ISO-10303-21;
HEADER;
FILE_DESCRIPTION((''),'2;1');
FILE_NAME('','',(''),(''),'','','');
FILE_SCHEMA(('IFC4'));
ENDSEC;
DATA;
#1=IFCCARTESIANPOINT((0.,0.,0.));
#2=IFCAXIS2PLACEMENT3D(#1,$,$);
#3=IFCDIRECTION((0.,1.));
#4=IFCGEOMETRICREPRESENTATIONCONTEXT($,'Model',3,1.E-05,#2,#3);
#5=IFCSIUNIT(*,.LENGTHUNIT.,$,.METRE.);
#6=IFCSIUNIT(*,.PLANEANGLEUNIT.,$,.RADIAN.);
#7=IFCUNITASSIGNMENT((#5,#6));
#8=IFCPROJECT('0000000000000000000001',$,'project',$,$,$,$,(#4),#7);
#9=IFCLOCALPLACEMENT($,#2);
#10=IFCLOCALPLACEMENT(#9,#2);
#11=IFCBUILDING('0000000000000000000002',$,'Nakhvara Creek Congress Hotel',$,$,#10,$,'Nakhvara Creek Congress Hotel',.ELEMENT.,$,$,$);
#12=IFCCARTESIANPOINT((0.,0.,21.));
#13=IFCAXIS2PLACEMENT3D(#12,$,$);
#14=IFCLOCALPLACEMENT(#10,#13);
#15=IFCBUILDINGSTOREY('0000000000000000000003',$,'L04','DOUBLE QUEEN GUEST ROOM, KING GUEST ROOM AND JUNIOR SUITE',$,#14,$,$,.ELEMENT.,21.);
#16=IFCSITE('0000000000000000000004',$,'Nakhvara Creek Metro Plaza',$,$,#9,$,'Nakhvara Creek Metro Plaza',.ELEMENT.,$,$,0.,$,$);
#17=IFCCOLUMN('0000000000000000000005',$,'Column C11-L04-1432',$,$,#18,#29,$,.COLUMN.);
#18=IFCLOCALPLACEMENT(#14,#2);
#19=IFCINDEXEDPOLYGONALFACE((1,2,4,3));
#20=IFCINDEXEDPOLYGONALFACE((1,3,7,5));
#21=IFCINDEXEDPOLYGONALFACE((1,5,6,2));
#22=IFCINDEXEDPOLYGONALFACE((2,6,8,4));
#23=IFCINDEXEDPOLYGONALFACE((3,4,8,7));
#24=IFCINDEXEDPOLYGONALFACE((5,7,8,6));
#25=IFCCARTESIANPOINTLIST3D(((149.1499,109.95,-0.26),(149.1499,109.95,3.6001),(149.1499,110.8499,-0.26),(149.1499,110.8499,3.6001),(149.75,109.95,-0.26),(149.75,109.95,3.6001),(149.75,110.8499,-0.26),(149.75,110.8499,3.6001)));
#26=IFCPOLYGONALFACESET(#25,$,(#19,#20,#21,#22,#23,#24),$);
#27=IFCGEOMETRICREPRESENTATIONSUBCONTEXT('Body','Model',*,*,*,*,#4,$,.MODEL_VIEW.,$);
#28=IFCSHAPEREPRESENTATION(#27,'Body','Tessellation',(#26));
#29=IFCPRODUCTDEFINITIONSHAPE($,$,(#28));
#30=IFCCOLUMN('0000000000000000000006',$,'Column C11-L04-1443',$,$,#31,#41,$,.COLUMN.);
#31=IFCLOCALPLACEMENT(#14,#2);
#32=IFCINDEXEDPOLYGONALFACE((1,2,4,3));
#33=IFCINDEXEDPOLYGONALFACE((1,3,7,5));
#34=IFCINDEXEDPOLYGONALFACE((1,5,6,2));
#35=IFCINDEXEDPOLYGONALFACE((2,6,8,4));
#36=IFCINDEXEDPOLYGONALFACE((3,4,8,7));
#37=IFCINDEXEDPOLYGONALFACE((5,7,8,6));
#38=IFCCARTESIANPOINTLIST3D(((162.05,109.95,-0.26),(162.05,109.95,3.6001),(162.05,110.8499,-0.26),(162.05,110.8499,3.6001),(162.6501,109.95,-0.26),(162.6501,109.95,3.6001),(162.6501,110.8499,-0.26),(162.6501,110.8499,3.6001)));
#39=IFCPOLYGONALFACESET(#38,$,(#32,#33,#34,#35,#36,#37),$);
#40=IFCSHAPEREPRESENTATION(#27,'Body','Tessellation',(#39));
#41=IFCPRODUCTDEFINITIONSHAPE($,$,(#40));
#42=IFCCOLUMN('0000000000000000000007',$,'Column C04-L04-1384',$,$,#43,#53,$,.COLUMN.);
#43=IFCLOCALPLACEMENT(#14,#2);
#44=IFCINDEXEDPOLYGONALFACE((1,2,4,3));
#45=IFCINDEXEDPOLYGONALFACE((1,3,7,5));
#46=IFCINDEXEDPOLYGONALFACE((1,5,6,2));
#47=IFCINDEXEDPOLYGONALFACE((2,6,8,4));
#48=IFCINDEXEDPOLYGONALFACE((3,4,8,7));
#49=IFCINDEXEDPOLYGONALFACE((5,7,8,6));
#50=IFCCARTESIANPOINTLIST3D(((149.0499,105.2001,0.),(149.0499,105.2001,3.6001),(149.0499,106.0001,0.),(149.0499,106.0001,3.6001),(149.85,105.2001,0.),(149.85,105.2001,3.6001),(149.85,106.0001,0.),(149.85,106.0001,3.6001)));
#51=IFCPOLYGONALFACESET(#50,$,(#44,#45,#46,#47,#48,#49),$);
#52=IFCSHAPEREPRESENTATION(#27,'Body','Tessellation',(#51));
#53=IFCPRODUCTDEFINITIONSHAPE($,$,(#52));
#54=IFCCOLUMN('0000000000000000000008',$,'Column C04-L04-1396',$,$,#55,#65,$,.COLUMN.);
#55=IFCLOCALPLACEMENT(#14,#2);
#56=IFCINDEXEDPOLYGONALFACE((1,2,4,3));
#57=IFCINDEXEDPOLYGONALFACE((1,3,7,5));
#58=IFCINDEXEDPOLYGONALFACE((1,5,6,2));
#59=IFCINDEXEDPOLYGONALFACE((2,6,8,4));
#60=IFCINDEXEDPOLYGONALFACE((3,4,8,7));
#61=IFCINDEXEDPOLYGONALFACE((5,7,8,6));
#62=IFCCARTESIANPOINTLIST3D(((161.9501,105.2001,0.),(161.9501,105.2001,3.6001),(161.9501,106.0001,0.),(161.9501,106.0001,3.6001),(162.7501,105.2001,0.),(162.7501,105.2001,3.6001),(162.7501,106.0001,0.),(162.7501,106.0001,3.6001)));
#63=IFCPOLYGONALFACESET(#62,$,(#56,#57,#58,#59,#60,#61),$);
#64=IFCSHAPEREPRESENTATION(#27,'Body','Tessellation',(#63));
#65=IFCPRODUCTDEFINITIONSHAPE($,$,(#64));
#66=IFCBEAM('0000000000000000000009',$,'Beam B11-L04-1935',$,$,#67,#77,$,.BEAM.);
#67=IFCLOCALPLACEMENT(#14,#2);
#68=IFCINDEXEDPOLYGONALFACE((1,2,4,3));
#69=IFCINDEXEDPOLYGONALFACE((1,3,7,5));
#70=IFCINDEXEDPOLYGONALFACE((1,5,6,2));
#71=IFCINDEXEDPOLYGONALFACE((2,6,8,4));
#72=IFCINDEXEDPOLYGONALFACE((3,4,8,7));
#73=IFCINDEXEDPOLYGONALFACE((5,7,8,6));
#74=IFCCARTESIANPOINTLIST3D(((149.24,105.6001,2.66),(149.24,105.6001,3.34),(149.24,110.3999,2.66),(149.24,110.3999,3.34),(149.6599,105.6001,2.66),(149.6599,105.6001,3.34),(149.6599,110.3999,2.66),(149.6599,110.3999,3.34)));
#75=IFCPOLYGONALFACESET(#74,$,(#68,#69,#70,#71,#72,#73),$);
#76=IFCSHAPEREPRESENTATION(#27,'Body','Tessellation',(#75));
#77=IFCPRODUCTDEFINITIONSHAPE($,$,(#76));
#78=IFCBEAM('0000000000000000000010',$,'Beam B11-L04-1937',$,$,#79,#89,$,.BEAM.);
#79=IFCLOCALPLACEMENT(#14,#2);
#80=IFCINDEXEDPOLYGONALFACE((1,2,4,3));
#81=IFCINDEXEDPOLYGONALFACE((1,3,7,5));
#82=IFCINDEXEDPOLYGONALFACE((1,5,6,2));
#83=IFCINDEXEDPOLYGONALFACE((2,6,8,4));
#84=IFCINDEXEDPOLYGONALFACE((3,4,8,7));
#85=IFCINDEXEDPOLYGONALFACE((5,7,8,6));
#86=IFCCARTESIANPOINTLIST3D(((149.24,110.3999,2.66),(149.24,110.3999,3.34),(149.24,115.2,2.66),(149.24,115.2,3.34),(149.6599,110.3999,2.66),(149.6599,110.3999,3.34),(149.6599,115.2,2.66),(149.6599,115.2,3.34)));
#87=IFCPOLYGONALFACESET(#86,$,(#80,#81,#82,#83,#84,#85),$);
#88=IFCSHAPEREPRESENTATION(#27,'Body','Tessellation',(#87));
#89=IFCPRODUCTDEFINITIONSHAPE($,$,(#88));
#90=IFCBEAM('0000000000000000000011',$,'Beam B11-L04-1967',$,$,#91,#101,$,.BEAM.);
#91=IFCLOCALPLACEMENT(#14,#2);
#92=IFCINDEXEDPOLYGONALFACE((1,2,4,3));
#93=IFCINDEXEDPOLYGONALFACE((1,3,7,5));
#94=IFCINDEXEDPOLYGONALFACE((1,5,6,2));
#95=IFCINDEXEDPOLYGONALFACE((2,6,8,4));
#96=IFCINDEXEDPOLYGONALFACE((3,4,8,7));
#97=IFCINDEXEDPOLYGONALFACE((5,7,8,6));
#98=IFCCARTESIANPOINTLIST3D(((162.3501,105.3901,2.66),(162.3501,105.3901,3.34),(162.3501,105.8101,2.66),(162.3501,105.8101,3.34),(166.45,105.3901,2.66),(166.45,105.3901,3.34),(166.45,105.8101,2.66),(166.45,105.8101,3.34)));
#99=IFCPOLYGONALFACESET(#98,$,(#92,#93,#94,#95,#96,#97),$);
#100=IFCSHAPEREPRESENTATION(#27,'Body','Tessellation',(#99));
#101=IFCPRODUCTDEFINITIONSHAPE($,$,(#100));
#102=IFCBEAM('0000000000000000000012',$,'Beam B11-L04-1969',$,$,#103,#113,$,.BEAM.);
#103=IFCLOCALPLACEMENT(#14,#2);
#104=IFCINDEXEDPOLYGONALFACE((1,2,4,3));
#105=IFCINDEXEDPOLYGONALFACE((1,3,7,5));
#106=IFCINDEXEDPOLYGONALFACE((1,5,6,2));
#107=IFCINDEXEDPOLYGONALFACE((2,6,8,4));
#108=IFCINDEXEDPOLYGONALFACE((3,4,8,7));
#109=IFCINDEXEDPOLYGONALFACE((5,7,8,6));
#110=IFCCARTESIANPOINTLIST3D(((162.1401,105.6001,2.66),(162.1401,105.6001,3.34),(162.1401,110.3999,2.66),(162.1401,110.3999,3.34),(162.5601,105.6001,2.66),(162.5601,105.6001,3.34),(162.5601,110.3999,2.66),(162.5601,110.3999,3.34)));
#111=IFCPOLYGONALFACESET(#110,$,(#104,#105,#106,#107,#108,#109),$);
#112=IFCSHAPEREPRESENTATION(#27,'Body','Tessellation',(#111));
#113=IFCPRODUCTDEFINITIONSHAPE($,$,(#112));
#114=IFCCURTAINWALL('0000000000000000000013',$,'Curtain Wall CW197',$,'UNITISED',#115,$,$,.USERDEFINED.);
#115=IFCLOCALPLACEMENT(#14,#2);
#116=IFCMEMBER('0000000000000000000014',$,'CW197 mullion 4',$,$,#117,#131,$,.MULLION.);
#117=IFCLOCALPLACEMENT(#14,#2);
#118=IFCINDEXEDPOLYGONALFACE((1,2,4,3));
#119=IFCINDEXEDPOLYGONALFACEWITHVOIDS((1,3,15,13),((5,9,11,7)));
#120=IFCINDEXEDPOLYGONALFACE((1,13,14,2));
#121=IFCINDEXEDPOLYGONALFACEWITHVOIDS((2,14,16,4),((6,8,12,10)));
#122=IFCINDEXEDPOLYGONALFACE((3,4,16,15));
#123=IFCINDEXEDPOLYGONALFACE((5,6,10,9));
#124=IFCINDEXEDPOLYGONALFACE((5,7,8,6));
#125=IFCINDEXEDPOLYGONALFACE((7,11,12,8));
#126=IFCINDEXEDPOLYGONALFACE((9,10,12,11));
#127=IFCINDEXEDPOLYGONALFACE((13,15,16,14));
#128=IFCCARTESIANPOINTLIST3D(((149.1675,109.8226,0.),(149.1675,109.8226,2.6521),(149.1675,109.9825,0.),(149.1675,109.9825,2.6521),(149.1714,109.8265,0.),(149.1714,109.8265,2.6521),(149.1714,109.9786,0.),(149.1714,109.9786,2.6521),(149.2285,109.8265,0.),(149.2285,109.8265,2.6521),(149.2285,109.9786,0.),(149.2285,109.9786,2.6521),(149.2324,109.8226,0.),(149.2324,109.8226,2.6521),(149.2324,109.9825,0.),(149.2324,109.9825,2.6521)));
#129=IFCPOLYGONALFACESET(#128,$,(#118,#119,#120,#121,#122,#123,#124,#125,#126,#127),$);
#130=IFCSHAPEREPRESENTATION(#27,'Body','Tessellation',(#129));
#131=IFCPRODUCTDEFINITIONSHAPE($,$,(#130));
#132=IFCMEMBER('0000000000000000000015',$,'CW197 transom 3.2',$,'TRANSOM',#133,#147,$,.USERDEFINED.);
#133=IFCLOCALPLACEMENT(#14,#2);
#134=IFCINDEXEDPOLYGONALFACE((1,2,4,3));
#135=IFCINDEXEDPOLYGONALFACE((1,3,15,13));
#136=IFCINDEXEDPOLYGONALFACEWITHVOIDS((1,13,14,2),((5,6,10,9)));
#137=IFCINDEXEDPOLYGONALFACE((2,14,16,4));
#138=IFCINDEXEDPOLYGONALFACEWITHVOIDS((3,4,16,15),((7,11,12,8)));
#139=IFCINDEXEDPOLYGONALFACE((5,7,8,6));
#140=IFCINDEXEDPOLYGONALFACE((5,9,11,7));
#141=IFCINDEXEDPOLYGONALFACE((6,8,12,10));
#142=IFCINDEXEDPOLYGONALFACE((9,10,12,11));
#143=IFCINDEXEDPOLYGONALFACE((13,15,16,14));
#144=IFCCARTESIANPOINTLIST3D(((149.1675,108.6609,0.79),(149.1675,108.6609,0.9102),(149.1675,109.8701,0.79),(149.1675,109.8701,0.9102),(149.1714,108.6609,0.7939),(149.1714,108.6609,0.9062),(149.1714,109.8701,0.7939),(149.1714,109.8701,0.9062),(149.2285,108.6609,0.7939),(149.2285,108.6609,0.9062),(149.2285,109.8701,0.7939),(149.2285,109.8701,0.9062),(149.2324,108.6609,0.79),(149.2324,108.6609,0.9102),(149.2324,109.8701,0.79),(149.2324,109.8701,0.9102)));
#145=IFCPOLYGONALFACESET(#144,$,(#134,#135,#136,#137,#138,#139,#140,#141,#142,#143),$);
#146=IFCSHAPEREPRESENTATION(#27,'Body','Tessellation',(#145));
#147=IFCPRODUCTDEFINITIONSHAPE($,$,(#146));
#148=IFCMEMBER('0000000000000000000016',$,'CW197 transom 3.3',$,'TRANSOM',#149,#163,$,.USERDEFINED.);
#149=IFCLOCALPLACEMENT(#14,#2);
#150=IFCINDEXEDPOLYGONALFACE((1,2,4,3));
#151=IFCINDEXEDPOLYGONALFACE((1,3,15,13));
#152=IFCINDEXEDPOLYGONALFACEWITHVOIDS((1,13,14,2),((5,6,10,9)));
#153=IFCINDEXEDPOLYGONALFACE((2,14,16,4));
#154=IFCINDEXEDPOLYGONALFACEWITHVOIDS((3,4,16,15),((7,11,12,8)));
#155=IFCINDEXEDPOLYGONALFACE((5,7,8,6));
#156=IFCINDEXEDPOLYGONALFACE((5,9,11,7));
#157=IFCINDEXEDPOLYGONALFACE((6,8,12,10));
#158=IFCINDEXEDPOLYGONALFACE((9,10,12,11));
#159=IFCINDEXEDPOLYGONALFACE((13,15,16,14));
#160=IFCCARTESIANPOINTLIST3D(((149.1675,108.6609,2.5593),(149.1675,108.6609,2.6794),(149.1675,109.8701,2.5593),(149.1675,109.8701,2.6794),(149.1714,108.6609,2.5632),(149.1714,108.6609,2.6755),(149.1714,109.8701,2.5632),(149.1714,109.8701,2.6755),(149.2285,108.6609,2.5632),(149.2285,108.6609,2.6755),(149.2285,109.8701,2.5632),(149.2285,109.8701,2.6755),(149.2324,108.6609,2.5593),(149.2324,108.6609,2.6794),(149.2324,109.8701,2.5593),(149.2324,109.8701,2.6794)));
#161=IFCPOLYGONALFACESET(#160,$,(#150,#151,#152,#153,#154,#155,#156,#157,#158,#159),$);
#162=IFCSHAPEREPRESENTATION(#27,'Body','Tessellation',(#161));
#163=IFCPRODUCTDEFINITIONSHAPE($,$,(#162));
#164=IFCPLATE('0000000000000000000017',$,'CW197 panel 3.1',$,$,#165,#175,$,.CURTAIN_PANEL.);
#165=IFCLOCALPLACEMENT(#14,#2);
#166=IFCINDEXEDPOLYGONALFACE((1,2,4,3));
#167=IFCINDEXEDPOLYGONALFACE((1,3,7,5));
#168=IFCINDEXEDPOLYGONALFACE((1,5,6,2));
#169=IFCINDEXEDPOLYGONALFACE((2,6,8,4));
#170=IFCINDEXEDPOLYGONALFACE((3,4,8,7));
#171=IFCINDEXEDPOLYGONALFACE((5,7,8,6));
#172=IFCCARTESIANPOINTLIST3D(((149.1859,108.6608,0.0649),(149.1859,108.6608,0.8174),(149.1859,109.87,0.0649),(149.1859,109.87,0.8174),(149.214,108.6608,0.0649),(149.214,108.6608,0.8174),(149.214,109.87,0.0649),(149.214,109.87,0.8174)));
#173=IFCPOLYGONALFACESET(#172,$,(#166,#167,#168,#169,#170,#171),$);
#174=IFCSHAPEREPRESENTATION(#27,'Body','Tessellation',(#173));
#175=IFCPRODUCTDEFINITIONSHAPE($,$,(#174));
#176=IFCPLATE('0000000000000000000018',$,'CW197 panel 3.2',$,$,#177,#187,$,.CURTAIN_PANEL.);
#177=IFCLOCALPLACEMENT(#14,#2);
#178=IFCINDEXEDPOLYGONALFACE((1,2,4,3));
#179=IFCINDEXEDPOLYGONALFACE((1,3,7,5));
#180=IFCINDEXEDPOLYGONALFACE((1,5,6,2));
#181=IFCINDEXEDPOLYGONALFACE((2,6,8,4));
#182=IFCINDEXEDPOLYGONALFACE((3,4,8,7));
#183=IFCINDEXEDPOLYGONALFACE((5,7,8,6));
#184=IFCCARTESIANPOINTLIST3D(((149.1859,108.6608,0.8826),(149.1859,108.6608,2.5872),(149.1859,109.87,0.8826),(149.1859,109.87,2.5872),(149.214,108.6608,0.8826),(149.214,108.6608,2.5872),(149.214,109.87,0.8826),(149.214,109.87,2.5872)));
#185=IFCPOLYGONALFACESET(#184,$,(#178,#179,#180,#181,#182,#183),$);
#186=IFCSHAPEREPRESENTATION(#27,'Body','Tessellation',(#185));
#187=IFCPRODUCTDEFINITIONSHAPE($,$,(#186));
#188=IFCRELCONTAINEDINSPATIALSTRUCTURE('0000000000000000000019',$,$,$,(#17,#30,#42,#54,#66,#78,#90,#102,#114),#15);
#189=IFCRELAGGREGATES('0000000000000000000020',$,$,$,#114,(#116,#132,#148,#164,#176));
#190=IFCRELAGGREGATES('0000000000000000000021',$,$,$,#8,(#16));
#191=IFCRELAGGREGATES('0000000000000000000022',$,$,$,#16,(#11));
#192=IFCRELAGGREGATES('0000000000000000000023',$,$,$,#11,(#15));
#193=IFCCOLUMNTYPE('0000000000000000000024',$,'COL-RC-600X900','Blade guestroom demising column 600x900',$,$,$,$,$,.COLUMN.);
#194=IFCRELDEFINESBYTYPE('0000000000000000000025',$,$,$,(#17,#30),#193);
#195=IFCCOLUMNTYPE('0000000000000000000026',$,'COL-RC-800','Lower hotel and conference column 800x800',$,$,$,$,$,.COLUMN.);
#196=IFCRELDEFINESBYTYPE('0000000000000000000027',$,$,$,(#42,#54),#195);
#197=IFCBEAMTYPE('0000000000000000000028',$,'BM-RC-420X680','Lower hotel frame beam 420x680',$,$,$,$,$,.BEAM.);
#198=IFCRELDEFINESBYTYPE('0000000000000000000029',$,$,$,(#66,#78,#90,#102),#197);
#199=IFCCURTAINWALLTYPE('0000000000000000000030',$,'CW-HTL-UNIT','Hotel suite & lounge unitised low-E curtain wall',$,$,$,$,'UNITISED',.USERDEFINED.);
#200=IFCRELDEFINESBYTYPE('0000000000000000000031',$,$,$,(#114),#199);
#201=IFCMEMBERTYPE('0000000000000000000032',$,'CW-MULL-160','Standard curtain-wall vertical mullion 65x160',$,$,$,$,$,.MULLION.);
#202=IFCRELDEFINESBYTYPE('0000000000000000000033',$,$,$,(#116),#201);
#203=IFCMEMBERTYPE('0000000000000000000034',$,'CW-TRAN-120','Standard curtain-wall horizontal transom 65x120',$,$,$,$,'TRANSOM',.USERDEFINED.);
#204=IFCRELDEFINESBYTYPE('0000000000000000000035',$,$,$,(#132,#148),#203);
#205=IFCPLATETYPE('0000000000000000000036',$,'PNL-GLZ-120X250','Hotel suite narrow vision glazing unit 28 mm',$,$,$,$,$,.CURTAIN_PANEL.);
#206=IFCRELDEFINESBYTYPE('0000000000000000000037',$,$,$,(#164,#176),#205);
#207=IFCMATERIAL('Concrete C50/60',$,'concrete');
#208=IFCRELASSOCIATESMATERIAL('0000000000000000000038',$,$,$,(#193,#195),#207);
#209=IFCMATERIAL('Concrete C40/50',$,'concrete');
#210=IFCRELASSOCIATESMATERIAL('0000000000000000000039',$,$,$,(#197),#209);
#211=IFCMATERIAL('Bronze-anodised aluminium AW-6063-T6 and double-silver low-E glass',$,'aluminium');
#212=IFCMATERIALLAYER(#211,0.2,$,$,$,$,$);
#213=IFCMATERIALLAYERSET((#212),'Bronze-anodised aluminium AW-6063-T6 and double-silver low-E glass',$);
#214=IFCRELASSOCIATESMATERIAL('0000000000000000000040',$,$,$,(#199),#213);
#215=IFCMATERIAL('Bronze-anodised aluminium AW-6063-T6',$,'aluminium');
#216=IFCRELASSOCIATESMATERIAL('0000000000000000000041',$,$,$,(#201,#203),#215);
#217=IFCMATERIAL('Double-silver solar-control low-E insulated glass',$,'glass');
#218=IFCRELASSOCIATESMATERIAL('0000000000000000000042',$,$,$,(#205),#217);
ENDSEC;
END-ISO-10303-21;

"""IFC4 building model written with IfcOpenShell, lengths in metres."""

from ifc_helpers import new_model, si_unit, direction, frame, origin, origin_2d, place, context, subcontext, project, spatial, rectangle, hollow_rectangle, extrude, material, layer, layer_set, material_profile, profile_set, type_object, element, aggregate, save


model = new_model("IFC4")

# Units and contexts
model_context = context("Model", 3, precision=1e-05, world=origin(), true_north=direction((0.0, 1.0)))
body_context = subcontext(model_context, "Body", "Model", "MODEL_VIEW")
ifc_project = project(units=[si_unit("LENGTHUNIT", "METRE"), si_unit("PLANEANGLEUNIT", "RADIAN")], contexts=[model_context])

# Site, building, storey
site_placement = place(None, origin())
site = spatial("IfcSite", under=ifc_project, at=site_placement, Name="Nakhvara Creek Metro Plaza", LongName="Nakhvara Creek Metro Plaza", CompositionType="ELEMENT", RefElevation=0.0)
building_placement = place(site_placement, origin())
building = spatial("IfcBuilding", under=site, at=building_placement, Name="Nakhvara Creek Congress Hotel", LongName="Nakhvara Creek Congress Hotel", CompositionType="ELEMENT")
storey_placement = place(building_placement, frame((0.0, 0.0, 21.0)))
storey = spatial("IfcBuildingStorey", under=building, at=storey_placement, Name="L04", Description="DOUBLE QUEEN GUEST ROOM, KING GUEST ROOM AND JUNIOR SUITE", CompositionType="ELEMENT", Elevation=21.0)

# Columns
ifc_material_1 = material(Name="Concrete C50/60", Category="concrete")
ifc_material_profile_1 = material_profile(ifc_material_1, rectangle(XDim=0.6001, YDim=0.8999, at=origin_2d()), Name="RC-COL 600x900", Category="LoadBearing")
ifc_profile_set_1 = profile_set([ifc_material_profile_1], Name="Concrete C50/60")
column_type_1 = type_object("IfcColumnType", Name="COL-RC-600X900", Description="Blade guestroom demising column 600x900", PredefinedType="COLUMN", material=ifc_profile_set_1)
for number, where, z_axis, x_axis, name in (
    (1, (149.45, 110.3999, -0.26), (0.0, 0.0, 1.0), (1.0, 0.0, 0.0), "Column C11-L04-1432"),
    (2, (162.3501, 110.3999, -0.26), (0.0, 0.0, 1.0), (1.0, 0.0, 0.0), "Column C11-L04-1443"),
):
    element("IfcColumn", number, at=place(storey_placement, frame(where, z_axis=z_axis, x_axis=x_axis)), inside=storey, type_object=column_type_1, Name=name, PredefinedType="COLUMN", context=body_context, shape_type="SweptSolid", body=[
        extrude(rectangle(XDim=0.6001, YDim=0.8999, at=origin_2d()), origin(), (0.0, 0.0, 1.0), 3.8601),
    ])
ifc_material_profile_2 = material_profile(ifc_material_1, rectangle(XDim=0.8, YDim=0.8, at=origin_2d()), Name="RC-COL 800x800", Category="LoadBearing")
ifc_profile_set_2 = profile_set([ifc_material_profile_2], Name="Concrete C50/60")
column_type_2 = type_object("IfcColumnType", Name="COL-RC-800", Description="Lower hotel and conference column 800x800", PredefinedType="COLUMN", material=ifc_profile_set_2)
for number, where, z_axis, x_axis, name in (
    (3, (149.45, 105.6001, 0.0), (0.0, 0.0, 1.0), (1.0, 0.0, 0.0), "Column C04-L04-1384"),
    (4, (162.3501, 105.6001, 0.0), (0.0, 0.0, 1.0), (1.0, 0.0, 0.0), "Column C04-L04-1396"),
):
    element("IfcColumn", number, at=place(storey_placement, frame(where, z_axis=z_axis, x_axis=x_axis)), inside=storey, type_object=column_type_2, Name=name, PredefinedType="COLUMN", context=body_context, shape_type="SweptSolid", body=[
        extrude(rectangle(XDim=0.8, YDim=0.8, at=origin_2d()), origin(), (0.0, 0.0, 1.0), 3.6001),
    ])

# Beams
ifc_material_2 = material(Name="Concrete C40/50", Category="concrete")
ifc_material_profile_3 = material_profile(ifc_material_2, rectangle(XDim=0.4199, YDim=0.6799, at=origin_2d()), Name="RC-BM 420x680", Category="LoadBearing")
ifc_profile_set_3 = profile_set([ifc_material_profile_3], Name="Concrete C40/50")
beam_type = type_object("IfcBeamType", Name="BM-RC-420X680", Description="Lower hotel frame beam 420x680", PredefinedType="BEAM", material=ifc_profile_set_3)
beam_1_placement = place(storey_placement, frame((149.45, 105.6001, 3.0), z_axis=(0.0, 1.0, 0.0), x_axis=(-1.0, 0.0, 0.0)))
element("IfcBeam", 5, at=beam_1_placement, inside=storey, type_object=beam_type, Name="Beam B11-L04-1935", PredefinedType="BEAM", context=body_context, shape_type="SweptSolid", body=[
    extrude(rectangle(XDim=0.4199, YDim=0.6799, at=origin_2d()), origin(), (0.0, 0.0, 1.0), 4.7998),
])
beam_2_placement = place(storey_placement, frame((149.45, 110.3999, 3.0), z_axis=(0.0, 1.0, 0.0), x_axis=(-1.0, 0.0, 0.0)))
element("IfcBeam", 6, at=beam_2_placement, inside=storey, type_object=beam_type, Name="Beam B11-L04-1937", PredefinedType="BEAM", context=body_context, shape_type="SweptSolid", body=[
    extrude(rectangle(XDim=0.4199, YDim=0.6799, at=origin_2d()), origin(), (0.0, 0.0, 1.0), 4.8),
])
beam_3_placement = place(storey_placement, frame((162.3501, 105.6001, 3.0), z_axis=(1.0, 0.0, 0.0), x_axis=(0.0, 1.0, 0.0)))
element("IfcBeam", 7, at=beam_3_placement, inside=storey, type_object=beam_type, Name="Beam B11-L04-1967", PredefinedType="BEAM", context=body_context, shape_type="SweptSolid", body=[
    extrude(rectangle(XDim=0.4199, YDim=0.6799, at=origin_2d()), origin(), (0.0, 0.0, 1.0), 4.0999),
])
beam_4_placement = place(storey_placement, frame((162.3501, 105.6001, 3.0), z_axis=(0.0, 1.0, 0.0), x_axis=(-1.0, 0.0, 0.0)))
element("IfcBeam", 8, at=beam_4_placement, inside=storey, type_object=beam_type, Name="Beam B11-L04-1969", PredefinedType="BEAM", context=body_context, shape_type="SweptSolid", body=[
    extrude(rectangle(XDim=0.4199, YDim=0.6799, at=origin_2d()), origin(), (0.0, 0.0, 1.0), 4.7998),
])

# Curtain wall, members, plates
ifc_material_3 = material(Name="Bronze-anodised aluminium AW-6063-T6 and double-silver low-E glass", Category="aluminium")
ifc_layer_1 = layer(ifc_material_3, 0.2)
ifc_layer_set_1 = layer_set([ifc_layer_1], Name="Bronze-anodised aluminium AW-6063-T6 and double-silver low-E glass")
curtain_wall_type = type_object("IfcCurtainWallType", Name="CW-HTL-UNIT", Description="Hotel suite & lounge unitised low-E curtain wall", ElementType="UNITISED", PredefinedType="USERDEFINED", material=ifc_layer_set_1)
curtain_wall_placement = place(storey_placement, origin())
curtain_wall = element("IfcCurtainWall", 9, at=curtain_wall_placement, inside=storey, type_object=curtain_wall_type, Name="Curtain Wall CW197", ObjectType="UNITISED", PredefinedType="USERDEFINED")
ifc_material_4 = material(Name="Bronze-anodised aluminium AW-6063-T6", Category="aluminium")
ifc_material_profile_4 = material_profile(ifc_material_4, hollow_rectangle(XDim=0.0649, YDim=0.1599, WallThickness=0.0039, at=origin_2d()), Name="ALU-MULL 65x160x4", Category="LoadBearing")
ifc_profile_set_4 = profile_set([ifc_material_profile_4], Name="Bronze-anodised aluminium AW-6063-T6")
member_type_1 = type_object("IfcMemberType", Name="CW-MULL-160", Description="Standard curtain-wall vertical mullion 65x160", PredefinedType="MULLION", material=ifc_profile_set_4)
member_1_placement = place(storey_placement, frame((149.2, 109.9026, 0.0), z_axis=(0.0, 0.0, 1.0), x_axis=(-1.0, 0.0, 0.0)))
member_1 = element("IfcMember", 10, at=member_1_placement, type_object=member_type_1, Name="CW197 mullion 4", PredefinedType="MULLION", context=body_context, shape_type="SweptSolid", body=[
    extrude(hollow_rectangle(XDim=0.0649, YDim=0.1599, WallThickness=0.0039, at=origin_2d()), origin(), (0.0, 0.0, 1.0), 2.6521),
])
ifc_material_profile_5 = material_profile(ifc_material_4, hollow_rectangle(XDim=0.0649, YDim=0.1201, WallThickness=0.0039, at=origin_2d()), Name="ALU-TRAN 65x120x4", Category="LoadBearing")
ifc_profile_set_5 = profile_set([ifc_material_profile_5], Name="Bronze-anodised aluminium AW-6063-T6")
member_type_2 = type_object("IfcMemberType", Name="CW-TRAN-120", Description="Standard curtain-wall horizontal transom 65x120", ElementType="TRANSOM", PredefinedType="USERDEFINED", material=ifc_profile_set_5)
member_2_placement = place(storey_placement, frame((149.2, 108.6609, 0.8501), z_axis=(0.0, 1.0, 0.0), x_axis=(-1.0, 0.0, 0.0)))
member_2 = element("IfcMember", 11, at=member_2_placement, type_object=member_type_2, Name="CW197 transom 3.2", ObjectType="TRANSOM", PredefinedType="USERDEFINED", context=body_context, shape_type="SweptSolid", body=[
    extrude(hollow_rectangle(XDim=0.0649, YDim=0.1201, WallThickness=0.0039, at=origin_2d()), origin(), (0.0, 0.0, 1.0), 1.2092),
])
member_3_placement = place(storey_placement, frame((149.2, 108.6609, 2.6194), z_axis=(0.0, 1.0, 0.0), x_axis=(-1.0, 0.0, 0.0)))
member_3 = element("IfcMember", 12, at=member_3_placement, type_object=member_type_2, Name="CW197 transom 3.3", ObjectType="TRANSOM", PredefinedType="USERDEFINED", context=body_context, shape_type="SweptSolid", body=[
    extrude(hollow_rectangle(XDim=0.0649, YDim=0.1201, WallThickness=0.0039, at=origin_2d()), origin(), (0.0, 0.0, 1.0), 1.2092),
])
ifc_material_5 = material(Name="Double-silver solar-control low-E insulated glass", Category="glass")
plate_type = type_object("IfcPlateType", Name="PNL-GLZ-120X250", Description="Hotel suite narrow vision glazing unit 28 mm", PredefinedType="CURTAIN_PANEL", material=ifc_material_5)
plate_1_placement = place(storey_placement, frame((149.2, 109.2654, 0.0649), z_axis=(0.0, 0.0, 1.0), x_axis=(0.0, 1.0, 0.0)))
plate_1 = element("IfcPlate", 13, at=plate_1_placement, type_object=plate_type, Name="CW197 panel 3.1", PredefinedType="CURTAIN_PANEL", context=body_context, shape_type="SweptSolid", body=[
    extrude(rectangle(XDim=1.2092, YDim=0.0281, at=origin_2d()), origin(), (0.0, 0.0, 1.0), 0.7524),
])
plate_2_placement = place(storey_placement, frame((149.2, 109.2654, 0.8826), z_axis=(0.0, 0.0, 1.0), x_axis=(0.0, 1.0, 0.0)))
plate_2 = element("IfcPlate", 14, at=plate_2_placement, type_object=plate_type, Name="CW197 panel 3.2", PredefinedType="CURTAIN_PANEL", context=body_context, shape_type="SweptSolid", body=[
    extrude(rectangle(XDim=1.2092, YDim=0.0281, at=origin_2d()), origin(), (0.0, 0.0, 1.0), 1.7046),
])
aggregate(curtain_wall, [member_1, member_2, member_3, plate_1, plate_2])

save(model, "model.ifc")
